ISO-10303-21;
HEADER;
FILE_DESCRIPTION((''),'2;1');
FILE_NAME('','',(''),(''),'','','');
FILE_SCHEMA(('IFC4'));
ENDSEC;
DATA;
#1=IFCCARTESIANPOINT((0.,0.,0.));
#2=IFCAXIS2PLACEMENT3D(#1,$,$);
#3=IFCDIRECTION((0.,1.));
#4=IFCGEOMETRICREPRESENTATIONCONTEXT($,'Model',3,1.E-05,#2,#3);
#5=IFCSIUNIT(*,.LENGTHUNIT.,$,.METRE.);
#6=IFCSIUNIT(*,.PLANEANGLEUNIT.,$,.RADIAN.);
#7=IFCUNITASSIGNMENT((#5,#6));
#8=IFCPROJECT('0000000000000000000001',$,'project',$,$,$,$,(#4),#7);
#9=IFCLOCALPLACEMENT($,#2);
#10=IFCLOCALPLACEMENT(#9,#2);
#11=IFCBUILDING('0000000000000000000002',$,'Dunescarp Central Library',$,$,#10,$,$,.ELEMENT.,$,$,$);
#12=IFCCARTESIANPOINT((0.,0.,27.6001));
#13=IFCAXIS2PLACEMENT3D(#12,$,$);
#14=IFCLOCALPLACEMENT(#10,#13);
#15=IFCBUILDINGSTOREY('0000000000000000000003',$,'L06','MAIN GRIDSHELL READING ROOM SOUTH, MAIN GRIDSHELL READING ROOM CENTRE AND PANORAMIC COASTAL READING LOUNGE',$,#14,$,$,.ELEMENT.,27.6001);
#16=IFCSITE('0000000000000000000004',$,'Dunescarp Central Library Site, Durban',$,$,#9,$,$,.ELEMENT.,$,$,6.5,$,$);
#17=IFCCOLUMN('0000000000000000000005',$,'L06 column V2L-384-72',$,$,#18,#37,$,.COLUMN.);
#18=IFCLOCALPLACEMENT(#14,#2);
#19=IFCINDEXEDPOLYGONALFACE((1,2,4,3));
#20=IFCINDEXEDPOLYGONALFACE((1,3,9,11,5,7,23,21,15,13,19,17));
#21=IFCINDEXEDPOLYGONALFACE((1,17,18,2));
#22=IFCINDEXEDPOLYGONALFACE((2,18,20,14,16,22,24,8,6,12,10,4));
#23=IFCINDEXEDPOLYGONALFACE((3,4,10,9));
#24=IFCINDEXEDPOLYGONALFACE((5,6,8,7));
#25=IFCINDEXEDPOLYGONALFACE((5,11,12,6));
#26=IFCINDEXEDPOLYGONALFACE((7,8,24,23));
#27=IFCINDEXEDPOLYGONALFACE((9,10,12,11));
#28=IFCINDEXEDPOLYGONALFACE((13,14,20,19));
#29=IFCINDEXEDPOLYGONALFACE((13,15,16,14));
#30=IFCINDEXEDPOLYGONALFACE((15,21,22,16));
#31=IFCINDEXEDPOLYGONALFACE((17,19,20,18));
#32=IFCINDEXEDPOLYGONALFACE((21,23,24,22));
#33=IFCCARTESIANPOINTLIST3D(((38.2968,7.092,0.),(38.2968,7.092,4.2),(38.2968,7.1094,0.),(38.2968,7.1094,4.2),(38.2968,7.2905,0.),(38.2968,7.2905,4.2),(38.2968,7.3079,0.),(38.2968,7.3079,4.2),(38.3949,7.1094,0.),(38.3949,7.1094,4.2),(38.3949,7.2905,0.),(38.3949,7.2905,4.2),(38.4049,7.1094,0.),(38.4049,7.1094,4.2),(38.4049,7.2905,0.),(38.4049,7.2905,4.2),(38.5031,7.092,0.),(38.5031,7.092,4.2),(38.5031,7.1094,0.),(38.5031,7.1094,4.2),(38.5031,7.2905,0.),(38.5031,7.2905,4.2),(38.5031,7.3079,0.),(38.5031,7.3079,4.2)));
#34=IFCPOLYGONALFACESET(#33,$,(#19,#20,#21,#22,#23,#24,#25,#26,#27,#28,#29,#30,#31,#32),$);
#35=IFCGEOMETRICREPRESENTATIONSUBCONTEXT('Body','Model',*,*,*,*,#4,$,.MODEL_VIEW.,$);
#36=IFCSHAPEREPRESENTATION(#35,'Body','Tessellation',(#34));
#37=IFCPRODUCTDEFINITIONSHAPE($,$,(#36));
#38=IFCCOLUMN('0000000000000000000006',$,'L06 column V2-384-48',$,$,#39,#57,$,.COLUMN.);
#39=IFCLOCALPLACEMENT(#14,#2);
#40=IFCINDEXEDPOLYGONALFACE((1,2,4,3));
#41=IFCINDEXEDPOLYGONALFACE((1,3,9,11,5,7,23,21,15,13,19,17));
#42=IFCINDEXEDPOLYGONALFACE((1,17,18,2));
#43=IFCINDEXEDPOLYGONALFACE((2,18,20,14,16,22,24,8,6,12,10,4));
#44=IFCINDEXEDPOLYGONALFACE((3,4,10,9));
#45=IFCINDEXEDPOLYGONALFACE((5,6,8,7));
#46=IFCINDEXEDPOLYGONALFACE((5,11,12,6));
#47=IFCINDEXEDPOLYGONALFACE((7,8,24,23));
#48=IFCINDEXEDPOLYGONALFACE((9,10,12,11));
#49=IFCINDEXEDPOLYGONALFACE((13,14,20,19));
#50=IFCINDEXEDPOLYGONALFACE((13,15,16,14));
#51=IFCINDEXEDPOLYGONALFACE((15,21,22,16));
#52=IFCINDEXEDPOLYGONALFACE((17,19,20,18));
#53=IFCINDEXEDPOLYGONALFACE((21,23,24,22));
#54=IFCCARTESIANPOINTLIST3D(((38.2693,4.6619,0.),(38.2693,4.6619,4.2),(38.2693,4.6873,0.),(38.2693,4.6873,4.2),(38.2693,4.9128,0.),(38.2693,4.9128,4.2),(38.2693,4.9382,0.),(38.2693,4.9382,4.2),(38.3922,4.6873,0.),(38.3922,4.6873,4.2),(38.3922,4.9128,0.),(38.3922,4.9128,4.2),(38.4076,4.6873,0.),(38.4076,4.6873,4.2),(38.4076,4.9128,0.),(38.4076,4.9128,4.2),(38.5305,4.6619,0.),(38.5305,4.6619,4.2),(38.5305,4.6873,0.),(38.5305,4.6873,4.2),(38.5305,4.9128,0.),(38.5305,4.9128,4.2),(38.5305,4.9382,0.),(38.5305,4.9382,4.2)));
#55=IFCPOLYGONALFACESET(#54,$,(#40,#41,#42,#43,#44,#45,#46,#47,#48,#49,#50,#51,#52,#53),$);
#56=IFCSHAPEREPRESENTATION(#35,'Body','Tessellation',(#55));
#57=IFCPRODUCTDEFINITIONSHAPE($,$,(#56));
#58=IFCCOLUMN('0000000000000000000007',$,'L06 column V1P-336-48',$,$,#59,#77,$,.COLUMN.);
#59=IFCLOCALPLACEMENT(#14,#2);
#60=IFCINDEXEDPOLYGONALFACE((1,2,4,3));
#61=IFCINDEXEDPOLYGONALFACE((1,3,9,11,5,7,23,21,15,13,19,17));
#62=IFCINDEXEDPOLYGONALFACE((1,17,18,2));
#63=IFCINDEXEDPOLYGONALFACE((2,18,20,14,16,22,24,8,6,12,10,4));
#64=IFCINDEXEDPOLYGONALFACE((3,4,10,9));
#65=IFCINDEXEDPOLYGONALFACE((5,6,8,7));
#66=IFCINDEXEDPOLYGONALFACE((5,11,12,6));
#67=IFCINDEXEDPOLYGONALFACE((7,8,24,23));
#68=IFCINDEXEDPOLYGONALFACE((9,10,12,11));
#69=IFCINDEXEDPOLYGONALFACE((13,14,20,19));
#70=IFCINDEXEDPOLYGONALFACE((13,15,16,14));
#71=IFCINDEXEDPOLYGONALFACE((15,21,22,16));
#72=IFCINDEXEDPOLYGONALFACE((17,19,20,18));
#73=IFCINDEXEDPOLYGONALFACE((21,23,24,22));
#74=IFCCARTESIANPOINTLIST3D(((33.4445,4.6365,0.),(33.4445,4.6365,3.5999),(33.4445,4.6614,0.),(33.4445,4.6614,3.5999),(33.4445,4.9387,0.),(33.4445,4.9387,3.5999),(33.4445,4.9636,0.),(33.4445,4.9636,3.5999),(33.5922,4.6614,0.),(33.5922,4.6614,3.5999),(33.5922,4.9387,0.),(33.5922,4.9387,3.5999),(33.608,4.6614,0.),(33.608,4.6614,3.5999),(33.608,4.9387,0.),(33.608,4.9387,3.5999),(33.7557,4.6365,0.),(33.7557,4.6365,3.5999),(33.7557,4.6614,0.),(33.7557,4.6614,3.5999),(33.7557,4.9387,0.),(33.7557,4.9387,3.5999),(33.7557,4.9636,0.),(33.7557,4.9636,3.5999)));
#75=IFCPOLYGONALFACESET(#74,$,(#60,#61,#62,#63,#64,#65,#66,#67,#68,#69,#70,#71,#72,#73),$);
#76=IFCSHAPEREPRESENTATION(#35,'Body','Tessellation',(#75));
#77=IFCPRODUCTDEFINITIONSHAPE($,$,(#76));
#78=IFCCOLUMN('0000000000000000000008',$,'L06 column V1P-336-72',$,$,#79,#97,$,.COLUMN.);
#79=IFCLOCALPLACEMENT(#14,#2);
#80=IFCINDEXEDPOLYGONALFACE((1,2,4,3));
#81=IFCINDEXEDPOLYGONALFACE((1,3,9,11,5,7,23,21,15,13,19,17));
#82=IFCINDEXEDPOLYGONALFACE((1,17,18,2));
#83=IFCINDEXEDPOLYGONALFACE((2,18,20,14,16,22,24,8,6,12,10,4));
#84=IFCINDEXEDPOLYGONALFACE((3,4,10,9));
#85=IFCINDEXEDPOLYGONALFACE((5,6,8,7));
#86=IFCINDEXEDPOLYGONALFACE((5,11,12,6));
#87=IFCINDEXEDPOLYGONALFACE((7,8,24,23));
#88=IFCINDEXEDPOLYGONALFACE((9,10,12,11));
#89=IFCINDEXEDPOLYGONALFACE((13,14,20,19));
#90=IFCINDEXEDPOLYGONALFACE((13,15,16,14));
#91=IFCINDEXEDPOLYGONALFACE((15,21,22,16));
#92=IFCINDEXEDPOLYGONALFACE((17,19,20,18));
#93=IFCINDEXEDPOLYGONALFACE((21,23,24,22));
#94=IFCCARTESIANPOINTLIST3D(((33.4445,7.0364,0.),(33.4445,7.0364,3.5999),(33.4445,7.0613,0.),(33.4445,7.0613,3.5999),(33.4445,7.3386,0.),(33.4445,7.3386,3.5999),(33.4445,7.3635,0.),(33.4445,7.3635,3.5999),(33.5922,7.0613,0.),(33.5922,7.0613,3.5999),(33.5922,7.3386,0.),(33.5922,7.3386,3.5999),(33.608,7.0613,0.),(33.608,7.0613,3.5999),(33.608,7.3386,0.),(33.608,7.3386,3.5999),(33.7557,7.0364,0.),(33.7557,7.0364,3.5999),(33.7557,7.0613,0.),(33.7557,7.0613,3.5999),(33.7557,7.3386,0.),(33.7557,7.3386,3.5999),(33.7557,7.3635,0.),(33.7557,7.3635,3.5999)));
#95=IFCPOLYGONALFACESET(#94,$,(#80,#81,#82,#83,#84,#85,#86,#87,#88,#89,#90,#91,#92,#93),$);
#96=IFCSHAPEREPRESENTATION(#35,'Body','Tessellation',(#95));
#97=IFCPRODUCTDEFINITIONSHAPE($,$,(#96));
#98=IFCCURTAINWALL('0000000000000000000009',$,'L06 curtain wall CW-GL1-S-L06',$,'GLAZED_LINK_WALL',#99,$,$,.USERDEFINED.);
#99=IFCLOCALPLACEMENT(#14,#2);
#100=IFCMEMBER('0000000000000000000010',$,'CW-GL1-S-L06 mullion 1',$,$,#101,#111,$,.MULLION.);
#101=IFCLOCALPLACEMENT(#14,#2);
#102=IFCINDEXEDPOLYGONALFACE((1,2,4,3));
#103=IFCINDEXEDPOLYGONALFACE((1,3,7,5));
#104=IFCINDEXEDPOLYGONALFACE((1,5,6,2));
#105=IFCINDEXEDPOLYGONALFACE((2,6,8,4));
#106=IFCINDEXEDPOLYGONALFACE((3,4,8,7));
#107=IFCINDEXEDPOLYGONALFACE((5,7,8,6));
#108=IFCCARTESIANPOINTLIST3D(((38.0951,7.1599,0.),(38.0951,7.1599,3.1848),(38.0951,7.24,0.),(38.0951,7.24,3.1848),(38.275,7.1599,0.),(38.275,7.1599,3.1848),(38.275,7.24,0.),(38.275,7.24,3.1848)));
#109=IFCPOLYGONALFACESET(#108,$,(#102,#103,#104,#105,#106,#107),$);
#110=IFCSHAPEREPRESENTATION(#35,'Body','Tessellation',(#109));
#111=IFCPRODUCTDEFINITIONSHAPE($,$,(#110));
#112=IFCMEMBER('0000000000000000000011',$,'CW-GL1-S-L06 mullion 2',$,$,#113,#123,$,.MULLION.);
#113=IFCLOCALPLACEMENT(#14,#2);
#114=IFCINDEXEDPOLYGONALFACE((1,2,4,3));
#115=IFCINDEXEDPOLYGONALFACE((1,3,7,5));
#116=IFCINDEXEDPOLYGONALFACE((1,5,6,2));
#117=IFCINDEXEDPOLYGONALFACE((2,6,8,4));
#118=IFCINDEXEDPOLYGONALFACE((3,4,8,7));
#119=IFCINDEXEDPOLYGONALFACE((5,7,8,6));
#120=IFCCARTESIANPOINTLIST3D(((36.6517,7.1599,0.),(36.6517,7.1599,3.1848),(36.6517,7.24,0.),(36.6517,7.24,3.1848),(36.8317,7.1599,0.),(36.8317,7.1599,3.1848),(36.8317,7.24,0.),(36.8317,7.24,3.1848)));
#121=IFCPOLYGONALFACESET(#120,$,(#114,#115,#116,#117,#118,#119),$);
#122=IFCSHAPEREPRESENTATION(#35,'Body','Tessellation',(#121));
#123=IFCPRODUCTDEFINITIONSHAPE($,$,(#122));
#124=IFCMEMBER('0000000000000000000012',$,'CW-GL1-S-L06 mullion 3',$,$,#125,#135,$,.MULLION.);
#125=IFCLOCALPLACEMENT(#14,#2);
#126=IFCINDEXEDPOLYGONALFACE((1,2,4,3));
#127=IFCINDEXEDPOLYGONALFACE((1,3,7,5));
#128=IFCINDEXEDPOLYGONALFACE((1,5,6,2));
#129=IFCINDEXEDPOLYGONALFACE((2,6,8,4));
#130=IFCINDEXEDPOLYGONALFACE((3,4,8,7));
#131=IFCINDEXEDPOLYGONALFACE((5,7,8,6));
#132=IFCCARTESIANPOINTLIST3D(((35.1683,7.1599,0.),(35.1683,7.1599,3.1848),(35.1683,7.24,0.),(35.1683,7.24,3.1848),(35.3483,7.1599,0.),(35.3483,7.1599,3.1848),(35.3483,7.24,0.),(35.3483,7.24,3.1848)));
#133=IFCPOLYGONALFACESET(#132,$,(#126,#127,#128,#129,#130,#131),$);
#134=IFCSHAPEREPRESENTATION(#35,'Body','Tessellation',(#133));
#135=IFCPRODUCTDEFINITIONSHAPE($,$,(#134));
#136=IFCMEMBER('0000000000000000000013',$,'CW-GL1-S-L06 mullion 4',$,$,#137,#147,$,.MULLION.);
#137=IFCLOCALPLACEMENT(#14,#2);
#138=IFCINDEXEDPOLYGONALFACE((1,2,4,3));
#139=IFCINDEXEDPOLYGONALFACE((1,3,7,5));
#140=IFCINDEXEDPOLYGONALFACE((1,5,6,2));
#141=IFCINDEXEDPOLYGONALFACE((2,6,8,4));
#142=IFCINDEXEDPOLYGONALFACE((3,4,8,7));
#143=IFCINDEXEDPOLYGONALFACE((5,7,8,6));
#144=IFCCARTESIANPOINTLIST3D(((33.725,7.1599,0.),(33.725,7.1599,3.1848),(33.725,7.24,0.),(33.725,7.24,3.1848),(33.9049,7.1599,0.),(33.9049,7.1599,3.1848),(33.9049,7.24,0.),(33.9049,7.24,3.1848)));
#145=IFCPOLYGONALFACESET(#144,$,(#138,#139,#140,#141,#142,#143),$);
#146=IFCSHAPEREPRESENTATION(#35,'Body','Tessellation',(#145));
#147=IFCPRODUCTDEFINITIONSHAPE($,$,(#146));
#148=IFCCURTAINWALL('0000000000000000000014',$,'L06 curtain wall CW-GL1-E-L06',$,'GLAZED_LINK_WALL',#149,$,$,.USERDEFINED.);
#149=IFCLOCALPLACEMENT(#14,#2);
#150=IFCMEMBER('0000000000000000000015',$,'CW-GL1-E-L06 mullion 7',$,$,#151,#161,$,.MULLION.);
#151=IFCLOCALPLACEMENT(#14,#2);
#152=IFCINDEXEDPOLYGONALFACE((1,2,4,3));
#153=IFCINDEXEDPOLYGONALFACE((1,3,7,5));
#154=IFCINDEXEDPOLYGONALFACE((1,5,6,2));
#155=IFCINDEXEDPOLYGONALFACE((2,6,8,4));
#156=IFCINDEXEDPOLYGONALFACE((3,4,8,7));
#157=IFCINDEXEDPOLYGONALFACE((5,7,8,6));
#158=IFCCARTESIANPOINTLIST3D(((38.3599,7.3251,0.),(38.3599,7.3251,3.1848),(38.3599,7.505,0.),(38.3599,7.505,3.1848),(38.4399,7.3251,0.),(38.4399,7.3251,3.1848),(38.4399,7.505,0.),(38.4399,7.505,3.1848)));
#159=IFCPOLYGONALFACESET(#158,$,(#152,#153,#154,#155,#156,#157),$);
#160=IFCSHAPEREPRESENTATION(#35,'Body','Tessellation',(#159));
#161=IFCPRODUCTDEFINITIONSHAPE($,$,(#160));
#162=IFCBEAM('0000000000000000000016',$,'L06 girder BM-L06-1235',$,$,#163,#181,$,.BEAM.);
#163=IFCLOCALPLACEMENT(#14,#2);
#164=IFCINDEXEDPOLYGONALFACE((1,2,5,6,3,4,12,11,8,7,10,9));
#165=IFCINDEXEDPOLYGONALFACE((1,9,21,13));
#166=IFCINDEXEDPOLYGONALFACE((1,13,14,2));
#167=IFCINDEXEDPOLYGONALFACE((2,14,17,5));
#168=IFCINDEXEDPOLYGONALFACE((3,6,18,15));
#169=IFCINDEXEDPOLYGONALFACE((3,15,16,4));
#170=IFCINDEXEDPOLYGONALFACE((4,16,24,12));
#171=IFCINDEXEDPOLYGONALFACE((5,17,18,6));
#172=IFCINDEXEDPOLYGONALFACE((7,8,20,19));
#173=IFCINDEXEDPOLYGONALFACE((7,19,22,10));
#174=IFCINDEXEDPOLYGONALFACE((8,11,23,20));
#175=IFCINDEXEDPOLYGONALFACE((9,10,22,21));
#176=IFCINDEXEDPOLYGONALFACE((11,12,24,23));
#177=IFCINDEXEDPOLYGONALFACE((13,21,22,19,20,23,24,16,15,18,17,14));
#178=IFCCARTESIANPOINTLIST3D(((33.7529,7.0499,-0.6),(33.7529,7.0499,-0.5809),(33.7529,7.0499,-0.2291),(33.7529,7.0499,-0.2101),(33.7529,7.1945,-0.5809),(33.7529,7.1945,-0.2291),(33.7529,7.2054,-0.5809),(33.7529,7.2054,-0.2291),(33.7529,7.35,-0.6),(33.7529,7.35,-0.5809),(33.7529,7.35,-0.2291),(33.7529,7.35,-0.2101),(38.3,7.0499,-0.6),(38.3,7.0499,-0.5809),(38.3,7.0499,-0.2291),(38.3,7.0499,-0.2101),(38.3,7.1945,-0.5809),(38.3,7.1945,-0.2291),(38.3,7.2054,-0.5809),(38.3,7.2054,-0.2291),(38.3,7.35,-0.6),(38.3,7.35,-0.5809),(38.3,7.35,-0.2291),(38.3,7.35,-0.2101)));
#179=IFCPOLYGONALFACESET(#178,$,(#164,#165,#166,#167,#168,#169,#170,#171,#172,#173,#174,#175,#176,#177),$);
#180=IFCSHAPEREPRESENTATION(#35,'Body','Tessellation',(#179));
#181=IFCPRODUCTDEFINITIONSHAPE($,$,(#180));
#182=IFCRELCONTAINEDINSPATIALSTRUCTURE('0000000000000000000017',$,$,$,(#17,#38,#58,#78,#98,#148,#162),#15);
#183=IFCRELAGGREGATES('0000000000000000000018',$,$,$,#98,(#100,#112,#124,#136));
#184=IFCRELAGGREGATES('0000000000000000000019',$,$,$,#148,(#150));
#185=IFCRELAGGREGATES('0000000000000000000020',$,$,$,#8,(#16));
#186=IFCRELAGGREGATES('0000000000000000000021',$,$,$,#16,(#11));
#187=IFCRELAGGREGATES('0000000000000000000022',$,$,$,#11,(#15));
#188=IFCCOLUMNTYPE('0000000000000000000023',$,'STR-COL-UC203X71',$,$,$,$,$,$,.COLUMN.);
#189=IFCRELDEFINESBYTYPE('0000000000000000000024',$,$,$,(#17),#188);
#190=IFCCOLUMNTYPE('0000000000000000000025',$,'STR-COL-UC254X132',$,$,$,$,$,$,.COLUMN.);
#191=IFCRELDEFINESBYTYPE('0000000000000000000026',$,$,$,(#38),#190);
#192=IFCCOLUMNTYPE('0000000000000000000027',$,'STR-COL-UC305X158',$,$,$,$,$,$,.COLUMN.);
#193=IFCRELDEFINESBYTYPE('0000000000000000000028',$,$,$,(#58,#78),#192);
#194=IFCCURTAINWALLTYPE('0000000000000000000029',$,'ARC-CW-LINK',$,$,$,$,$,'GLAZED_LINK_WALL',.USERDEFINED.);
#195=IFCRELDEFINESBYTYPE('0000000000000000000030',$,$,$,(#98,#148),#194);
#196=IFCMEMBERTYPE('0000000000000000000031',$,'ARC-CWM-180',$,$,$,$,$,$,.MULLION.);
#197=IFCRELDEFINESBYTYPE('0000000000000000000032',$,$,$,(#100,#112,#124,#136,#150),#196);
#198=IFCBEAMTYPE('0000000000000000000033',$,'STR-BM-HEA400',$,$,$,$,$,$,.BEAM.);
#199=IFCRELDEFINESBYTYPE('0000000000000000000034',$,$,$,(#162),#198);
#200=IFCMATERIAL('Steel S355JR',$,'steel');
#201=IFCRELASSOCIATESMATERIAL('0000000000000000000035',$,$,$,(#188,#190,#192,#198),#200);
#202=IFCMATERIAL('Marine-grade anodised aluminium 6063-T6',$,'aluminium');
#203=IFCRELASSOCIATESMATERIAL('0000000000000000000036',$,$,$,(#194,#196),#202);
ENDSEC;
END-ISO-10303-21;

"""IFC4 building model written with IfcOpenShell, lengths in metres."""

from ifc_helpers import new_model, si_unit, direction, frame, origin, origin_2d, place, context, subcontext, project, spatial, rectangle, i_section, extrude, material, material_profile, profile_set, type_object, element, aggregate, save


model = new_model("IFC4")

# Units and contexts
model_context = context("Model", 3, precision=1e-05, world=origin(), true_north=direction((0.0, 1.0)))
body_context = subcontext(model_context, "Body", "Model", "MODEL_VIEW")
ifc_project = project(units=[si_unit("LENGTHUNIT", "METRE"), si_unit("PLANEANGLEUNIT", "RADIAN")], contexts=[model_context])

# Site, building, storey
site_placement = place(None, origin())
site = spatial("IfcSite", under=ifc_project, at=site_placement, Name="Dunescarp Central Library Site, Durban", CompositionType="ELEMENT", RefElevation=6.5)
building_placement = place(site_placement, origin())
building = spatial("IfcBuilding", under=site, at=building_placement, Name="Dunescarp Central Library", CompositionType="ELEMENT")
storey_placement = place(building_placement, frame((0.0, 0.0, 27.6001)))
storey = spatial("IfcBuildingStorey", under=building, at=storey_placement, Name="L06", Description="MAIN GRIDSHELL READING ROOM SOUTH, MAIN GRIDSHELL READING ROOM CENTRE AND PANORAMIC COASTAL READING LOUNGE", CompositionType="ELEMENT", Elevation=27.6001)

# Columns
ifc_material_1 = material(Name="Steel S355JR", Category="steel")
ifc_material_profile_1 = material_profile(ifc_material_1, i_section(OverallWidth=0.2063, OverallDepth=0.2158, WebThickness=0.01, FlangeThickness=0.0173, at=origin_2d()), Name="UC 203x203x71")
ifc_profile_set_1 = profile_set([ifc_material_profile_1], Name="Steel S355JR")
column_type_1 = type_object("IfcColumnType", Name="STR-COL-UC203X71", PredefinedType="COLUMN", material=ifc_profile_set_1)
column_1_placement = place(storey_placement, frame((38.3999, 7.2, 0.0), z_axis=(0.0, 0.0, 1.0), x_axis=(1.0, 0.0, 0.0)))
element("IfcColumn", 1, at=column_1_placement, inside=storey, type_object=column_type_1, Name="L06 column V2L-384-72", PredefinedType="COLUMN", context=body_context, shape_type="SweptSolid", body=[
    extrude(i_section(OverallWidth=0.2063, OverallDepth=0.2158, WebThickness=0.01, FlangeThickness=0.0173, at=origin_2d()), origin(), (0.0, 0.0, 1.0), 4.2),
])
ifc_material_profile_2 = material_profile(ifc_material_1, i_section(OverallWidth=0.2612, OverallDepth=0.2764, WebThickness=0.0154, FlangeThickness=0.0254, at=origin_2d()), Name="UC 254x254x132")
ifc_profile_set_2 = profile_set([ifc_material_profile_2], Name="Steel S355JR")
column_type_2 = type_object("IfcColumnType", Name="STR-COL-UC254X132", PredefinedType="COLUMN", material=ifc_profile_set_2)
column_2_placement = place(storey_placement, frame((38.3999, 4.8, 0.0), z_axis=(0.0, 0.0, 1.0), x_axis=(1.0, 0.0, 0.0)))
element("IfcColumn", 2, at=column_2_placement, inside=storey, type_object=column_type_2, Name="L06 column V2-384-48", PredefinedType="COLUMN", context=body_context, shape_type="SweptSolid", body=[
    extrude(i_section(OverallWidth=0.2612, OverallDepth=0.2764, WebThickness=0.0154, FlangeThickness=0.0254, at=origin_2d()), origin(), (0.0, 0.0, 1.0), 4.2),
])
ifc_material_profile_3 = material_profile(ifc_material_1, i_section(OverallWidth=0.3113, OverallDepth=0.3271, WebThickness=0.0159, FlangeThickness=0.0249, at=origin_2d()), Name="UC 305x305x158")
ifc_profile_set_3 = profile_set([ifc_material_profile_3], Name="Steel S355JR")
column_type_3 = type_object("IfcColumnType", Name="STR-COL-UC305X158", PredefinedType="COLUMN", material=ifc_profile_set_3)
for number, where, z_axis, x_axis, name in (
    (3, (33.6001, 4.8, 0.0), (0.0, 0.0, 1.0), (1.0, 0.0, 0.0), "L06 column V1P-336-48"),
    (4, (33.6001, 7.2, 0.0), (0.0, 0.0, 1.0), (1.0, 0.0, 0.0), "L06 column V1P-336-72"),
):
    element("IfcColumn", number, at=place(storey_placement, frame(where, z_axis=z_axis, x_axis=x_axis)), inside=storey, type_object=column_type_3, Name=name, PredefinedType="COLUMN", context=body_context, shape_type="SweptSolid", body=[
        extrude(i_section(OverallWidth=0.3113, OverallDepth=0.3271, WebThickness=0.0159, FlangeThickness=0.0249, at=origin_2d()), origin(), (0.0, 0.0, 1.0), 3.5999),
    ])

# Curtain wall, members
ifc_material_2 = material(Name="Marine-grade anodised aluminium 6063-T6", Category="aluminium")
curtain_wall_type = type_object("IfcCurtainWallType", Name="ARC-CW-LINK", ElementType="GLAZED_LINK_WALL", PredefinedType="USERDEFINED", material=ifc_material_2)
curtain_wall_1_placement = place(storey_placement, origin())
curtain_wall_1 = element("IfcCurtainWall", 5, at=curtain_wall_1_placement, inside=storey, type_object=curtain_wall_type, Name="L06 curtain wall CW-GL1-S-L06", ObjectType="GLAZED_LINK_WALL", PredefinedType="USERDEFINED")
ifc_material_profile_4 = material_profile(ifc_material_2, rectangle(XDim=0.0801, YDim=0.1799, at=origin_2d()), Name="AL 80x180")
ifc_profile_set_4 = profile_set([ifc_material_profile_4], Name="Marine-grade anodised aluminium 6063-T6")
member_type = type_object("IfcMemberType", Name="ARC-CWM-180", PredefinedType="MULLION", material=ifc_profile_set_4)
member_1_placement = place(storey_placement, frame((38.1851, 7.2, 0.0), z_axis=(0.0, 0.0, 1.0), x_axis=(0.0, -1.0, 0.0)))
member_1 = element("IfcMember", 6, at=member_1_placement, type_object=member_type, Name="CW-GL1-S-L06 mullion 1", PredefinedType="MULLION", context=body_context, shape_type="SweptSolid", body=[
    extrude(rectangle(XDim=0.0801, YDim=0.1799, at=origin_2d()), origin(), (0.0, 0.0, 1.0), 3.1848),
])
member_2_placement = place(storey_placement, frame((36.7417, 7.2, 0.0), z_axis=(0.0, 0.0, 1.0), x_axis=(0.0, -1.0, 0.0)))
member_2 = element("IfcMember", 7, at=member_2_placement, type_object=member_type, Name="CW-GL1-S-L06 mullion 2", PredefinedType="MULLION", context=body_context, shape_type="SweptSolid", body=[
    extrude(rectangle(XDim=0.0801, YDim=0.1799, at=origin_2d()), origin(), (0.0, 0.0, 1.0), 3.1848),
])
member_3_placement = place(storey_placement, frame((35.2583, 7.2, 0.0), z_axis=(0.0, 0.0, 1.0), x_axis=(0.0, -1.0, 0.0)))
member_3 = element("IfcMember", 8, at=member_3_placement, type_object=member_type, Name="CW-GL1-S-L06 mullion 3", PredefinedType="MULLION", context=body_context, shape_type="SweptSolid", body=[
    extrude(rectangle(XDim=0.0801, YDim=0.1799, at=origin_2d()), origin(), (0.0, 0.0, 1.0), 3.1848),
])
member_4_placement = place(storey_placement, frame((33.8149, 7.2, 0.0), z_axis=(0.0, 0.0, 1.0), x_axis=(0.0, -1.0, 0.0)))
member_4 = element("IfcMember", 9, at=member_4_placement, type_object=member_type, Name="CW-GL1-S-L06 mullion 4", PredefinedType="MULLION", context=body_context, shape_type="SweptSolid", body=[
    extrude(rectangle(XDim=0.0801, YDim=0.1799, at=origin_2d()), origin(), (0.0, 0.0, 1.0), 3.1848),
])
aggregate(curtain_wall_1, [member_1, member_2, member_3, member_4])

# Curtain wall, member
curtain_wall_2_placement = place(storey_placement, origin())
curtain_wall_2 = element("IfcCurtainWall", 10, at=curtain_wall_2_placement, inside=storey, type_object=curtain_wall_type, Name="L06 curtain wall CW-GL1-E-L06", ObjectType="GLAZED_LINK_WALL", PredefinedType="USERDEFINED")
member_5_placement = place(storey_placement, frame((38.3999, 7.415, 0.0), z_axis=(0.0, 0.0, 1.0), x_axis=(1.0, 0.0, 0.0)))
member_5 = element("IfcMember", 11, at=member_5_placement, type_object=member_type, Name="CW-GL1-E-L06 mullion 7", PredefinedType="MULLION", context=body_context, shape_type="SweptSolid", body=[
    extrude(rectangle(XDim=0.0801, YDim=0.1799, at=origin_2d()), origin(), (0.0, 0.0, 1.0), 3.1848),
])
aggregate(curtain_wall_2, [member_5])

# Beam
ifc_material_profile_5 = material_profile(ifc_material_1, i_section(OverallWidth=0.3, OverallDepth=0.3899, WebThickness=0.011, FlangeThickness=0.019, at=origin_2d()), Name="HEA 400")
ifc_profile_set_5 = profile_set([ifc_material_profile_5], Name="Steel S355JR")
beam_type_1 = type_object("IfcBeamType", Name="STR-BM-HEA400", PredefinedType="BEAM", material=ifc_profile_set_5)
beam_1_placement = place(storey_placement, frame((33.7529, 7.2, -0.405), z_axis=(1.0, 0.0, 0.0), x_axis=(0.0, 1.0, 0.0)))
element("IfcBeam", 12, at=beam_1_placement, inside=storey, type_object=beam_type_1, Name="L06 girder BM-L06-1235", PredefinedType="BEAM", context=body_context, shape_type="SweptSolid", body=[
    extrude(i_section(OverallWidth=0.3, OverallDepth=0.3899, WebThickness=0.011, FlangeThickness=0.019, at=origin_2d()), origin(), (0.0, 0.0, 1.0), 4.5471),
])

save(model, "model.ifc")
